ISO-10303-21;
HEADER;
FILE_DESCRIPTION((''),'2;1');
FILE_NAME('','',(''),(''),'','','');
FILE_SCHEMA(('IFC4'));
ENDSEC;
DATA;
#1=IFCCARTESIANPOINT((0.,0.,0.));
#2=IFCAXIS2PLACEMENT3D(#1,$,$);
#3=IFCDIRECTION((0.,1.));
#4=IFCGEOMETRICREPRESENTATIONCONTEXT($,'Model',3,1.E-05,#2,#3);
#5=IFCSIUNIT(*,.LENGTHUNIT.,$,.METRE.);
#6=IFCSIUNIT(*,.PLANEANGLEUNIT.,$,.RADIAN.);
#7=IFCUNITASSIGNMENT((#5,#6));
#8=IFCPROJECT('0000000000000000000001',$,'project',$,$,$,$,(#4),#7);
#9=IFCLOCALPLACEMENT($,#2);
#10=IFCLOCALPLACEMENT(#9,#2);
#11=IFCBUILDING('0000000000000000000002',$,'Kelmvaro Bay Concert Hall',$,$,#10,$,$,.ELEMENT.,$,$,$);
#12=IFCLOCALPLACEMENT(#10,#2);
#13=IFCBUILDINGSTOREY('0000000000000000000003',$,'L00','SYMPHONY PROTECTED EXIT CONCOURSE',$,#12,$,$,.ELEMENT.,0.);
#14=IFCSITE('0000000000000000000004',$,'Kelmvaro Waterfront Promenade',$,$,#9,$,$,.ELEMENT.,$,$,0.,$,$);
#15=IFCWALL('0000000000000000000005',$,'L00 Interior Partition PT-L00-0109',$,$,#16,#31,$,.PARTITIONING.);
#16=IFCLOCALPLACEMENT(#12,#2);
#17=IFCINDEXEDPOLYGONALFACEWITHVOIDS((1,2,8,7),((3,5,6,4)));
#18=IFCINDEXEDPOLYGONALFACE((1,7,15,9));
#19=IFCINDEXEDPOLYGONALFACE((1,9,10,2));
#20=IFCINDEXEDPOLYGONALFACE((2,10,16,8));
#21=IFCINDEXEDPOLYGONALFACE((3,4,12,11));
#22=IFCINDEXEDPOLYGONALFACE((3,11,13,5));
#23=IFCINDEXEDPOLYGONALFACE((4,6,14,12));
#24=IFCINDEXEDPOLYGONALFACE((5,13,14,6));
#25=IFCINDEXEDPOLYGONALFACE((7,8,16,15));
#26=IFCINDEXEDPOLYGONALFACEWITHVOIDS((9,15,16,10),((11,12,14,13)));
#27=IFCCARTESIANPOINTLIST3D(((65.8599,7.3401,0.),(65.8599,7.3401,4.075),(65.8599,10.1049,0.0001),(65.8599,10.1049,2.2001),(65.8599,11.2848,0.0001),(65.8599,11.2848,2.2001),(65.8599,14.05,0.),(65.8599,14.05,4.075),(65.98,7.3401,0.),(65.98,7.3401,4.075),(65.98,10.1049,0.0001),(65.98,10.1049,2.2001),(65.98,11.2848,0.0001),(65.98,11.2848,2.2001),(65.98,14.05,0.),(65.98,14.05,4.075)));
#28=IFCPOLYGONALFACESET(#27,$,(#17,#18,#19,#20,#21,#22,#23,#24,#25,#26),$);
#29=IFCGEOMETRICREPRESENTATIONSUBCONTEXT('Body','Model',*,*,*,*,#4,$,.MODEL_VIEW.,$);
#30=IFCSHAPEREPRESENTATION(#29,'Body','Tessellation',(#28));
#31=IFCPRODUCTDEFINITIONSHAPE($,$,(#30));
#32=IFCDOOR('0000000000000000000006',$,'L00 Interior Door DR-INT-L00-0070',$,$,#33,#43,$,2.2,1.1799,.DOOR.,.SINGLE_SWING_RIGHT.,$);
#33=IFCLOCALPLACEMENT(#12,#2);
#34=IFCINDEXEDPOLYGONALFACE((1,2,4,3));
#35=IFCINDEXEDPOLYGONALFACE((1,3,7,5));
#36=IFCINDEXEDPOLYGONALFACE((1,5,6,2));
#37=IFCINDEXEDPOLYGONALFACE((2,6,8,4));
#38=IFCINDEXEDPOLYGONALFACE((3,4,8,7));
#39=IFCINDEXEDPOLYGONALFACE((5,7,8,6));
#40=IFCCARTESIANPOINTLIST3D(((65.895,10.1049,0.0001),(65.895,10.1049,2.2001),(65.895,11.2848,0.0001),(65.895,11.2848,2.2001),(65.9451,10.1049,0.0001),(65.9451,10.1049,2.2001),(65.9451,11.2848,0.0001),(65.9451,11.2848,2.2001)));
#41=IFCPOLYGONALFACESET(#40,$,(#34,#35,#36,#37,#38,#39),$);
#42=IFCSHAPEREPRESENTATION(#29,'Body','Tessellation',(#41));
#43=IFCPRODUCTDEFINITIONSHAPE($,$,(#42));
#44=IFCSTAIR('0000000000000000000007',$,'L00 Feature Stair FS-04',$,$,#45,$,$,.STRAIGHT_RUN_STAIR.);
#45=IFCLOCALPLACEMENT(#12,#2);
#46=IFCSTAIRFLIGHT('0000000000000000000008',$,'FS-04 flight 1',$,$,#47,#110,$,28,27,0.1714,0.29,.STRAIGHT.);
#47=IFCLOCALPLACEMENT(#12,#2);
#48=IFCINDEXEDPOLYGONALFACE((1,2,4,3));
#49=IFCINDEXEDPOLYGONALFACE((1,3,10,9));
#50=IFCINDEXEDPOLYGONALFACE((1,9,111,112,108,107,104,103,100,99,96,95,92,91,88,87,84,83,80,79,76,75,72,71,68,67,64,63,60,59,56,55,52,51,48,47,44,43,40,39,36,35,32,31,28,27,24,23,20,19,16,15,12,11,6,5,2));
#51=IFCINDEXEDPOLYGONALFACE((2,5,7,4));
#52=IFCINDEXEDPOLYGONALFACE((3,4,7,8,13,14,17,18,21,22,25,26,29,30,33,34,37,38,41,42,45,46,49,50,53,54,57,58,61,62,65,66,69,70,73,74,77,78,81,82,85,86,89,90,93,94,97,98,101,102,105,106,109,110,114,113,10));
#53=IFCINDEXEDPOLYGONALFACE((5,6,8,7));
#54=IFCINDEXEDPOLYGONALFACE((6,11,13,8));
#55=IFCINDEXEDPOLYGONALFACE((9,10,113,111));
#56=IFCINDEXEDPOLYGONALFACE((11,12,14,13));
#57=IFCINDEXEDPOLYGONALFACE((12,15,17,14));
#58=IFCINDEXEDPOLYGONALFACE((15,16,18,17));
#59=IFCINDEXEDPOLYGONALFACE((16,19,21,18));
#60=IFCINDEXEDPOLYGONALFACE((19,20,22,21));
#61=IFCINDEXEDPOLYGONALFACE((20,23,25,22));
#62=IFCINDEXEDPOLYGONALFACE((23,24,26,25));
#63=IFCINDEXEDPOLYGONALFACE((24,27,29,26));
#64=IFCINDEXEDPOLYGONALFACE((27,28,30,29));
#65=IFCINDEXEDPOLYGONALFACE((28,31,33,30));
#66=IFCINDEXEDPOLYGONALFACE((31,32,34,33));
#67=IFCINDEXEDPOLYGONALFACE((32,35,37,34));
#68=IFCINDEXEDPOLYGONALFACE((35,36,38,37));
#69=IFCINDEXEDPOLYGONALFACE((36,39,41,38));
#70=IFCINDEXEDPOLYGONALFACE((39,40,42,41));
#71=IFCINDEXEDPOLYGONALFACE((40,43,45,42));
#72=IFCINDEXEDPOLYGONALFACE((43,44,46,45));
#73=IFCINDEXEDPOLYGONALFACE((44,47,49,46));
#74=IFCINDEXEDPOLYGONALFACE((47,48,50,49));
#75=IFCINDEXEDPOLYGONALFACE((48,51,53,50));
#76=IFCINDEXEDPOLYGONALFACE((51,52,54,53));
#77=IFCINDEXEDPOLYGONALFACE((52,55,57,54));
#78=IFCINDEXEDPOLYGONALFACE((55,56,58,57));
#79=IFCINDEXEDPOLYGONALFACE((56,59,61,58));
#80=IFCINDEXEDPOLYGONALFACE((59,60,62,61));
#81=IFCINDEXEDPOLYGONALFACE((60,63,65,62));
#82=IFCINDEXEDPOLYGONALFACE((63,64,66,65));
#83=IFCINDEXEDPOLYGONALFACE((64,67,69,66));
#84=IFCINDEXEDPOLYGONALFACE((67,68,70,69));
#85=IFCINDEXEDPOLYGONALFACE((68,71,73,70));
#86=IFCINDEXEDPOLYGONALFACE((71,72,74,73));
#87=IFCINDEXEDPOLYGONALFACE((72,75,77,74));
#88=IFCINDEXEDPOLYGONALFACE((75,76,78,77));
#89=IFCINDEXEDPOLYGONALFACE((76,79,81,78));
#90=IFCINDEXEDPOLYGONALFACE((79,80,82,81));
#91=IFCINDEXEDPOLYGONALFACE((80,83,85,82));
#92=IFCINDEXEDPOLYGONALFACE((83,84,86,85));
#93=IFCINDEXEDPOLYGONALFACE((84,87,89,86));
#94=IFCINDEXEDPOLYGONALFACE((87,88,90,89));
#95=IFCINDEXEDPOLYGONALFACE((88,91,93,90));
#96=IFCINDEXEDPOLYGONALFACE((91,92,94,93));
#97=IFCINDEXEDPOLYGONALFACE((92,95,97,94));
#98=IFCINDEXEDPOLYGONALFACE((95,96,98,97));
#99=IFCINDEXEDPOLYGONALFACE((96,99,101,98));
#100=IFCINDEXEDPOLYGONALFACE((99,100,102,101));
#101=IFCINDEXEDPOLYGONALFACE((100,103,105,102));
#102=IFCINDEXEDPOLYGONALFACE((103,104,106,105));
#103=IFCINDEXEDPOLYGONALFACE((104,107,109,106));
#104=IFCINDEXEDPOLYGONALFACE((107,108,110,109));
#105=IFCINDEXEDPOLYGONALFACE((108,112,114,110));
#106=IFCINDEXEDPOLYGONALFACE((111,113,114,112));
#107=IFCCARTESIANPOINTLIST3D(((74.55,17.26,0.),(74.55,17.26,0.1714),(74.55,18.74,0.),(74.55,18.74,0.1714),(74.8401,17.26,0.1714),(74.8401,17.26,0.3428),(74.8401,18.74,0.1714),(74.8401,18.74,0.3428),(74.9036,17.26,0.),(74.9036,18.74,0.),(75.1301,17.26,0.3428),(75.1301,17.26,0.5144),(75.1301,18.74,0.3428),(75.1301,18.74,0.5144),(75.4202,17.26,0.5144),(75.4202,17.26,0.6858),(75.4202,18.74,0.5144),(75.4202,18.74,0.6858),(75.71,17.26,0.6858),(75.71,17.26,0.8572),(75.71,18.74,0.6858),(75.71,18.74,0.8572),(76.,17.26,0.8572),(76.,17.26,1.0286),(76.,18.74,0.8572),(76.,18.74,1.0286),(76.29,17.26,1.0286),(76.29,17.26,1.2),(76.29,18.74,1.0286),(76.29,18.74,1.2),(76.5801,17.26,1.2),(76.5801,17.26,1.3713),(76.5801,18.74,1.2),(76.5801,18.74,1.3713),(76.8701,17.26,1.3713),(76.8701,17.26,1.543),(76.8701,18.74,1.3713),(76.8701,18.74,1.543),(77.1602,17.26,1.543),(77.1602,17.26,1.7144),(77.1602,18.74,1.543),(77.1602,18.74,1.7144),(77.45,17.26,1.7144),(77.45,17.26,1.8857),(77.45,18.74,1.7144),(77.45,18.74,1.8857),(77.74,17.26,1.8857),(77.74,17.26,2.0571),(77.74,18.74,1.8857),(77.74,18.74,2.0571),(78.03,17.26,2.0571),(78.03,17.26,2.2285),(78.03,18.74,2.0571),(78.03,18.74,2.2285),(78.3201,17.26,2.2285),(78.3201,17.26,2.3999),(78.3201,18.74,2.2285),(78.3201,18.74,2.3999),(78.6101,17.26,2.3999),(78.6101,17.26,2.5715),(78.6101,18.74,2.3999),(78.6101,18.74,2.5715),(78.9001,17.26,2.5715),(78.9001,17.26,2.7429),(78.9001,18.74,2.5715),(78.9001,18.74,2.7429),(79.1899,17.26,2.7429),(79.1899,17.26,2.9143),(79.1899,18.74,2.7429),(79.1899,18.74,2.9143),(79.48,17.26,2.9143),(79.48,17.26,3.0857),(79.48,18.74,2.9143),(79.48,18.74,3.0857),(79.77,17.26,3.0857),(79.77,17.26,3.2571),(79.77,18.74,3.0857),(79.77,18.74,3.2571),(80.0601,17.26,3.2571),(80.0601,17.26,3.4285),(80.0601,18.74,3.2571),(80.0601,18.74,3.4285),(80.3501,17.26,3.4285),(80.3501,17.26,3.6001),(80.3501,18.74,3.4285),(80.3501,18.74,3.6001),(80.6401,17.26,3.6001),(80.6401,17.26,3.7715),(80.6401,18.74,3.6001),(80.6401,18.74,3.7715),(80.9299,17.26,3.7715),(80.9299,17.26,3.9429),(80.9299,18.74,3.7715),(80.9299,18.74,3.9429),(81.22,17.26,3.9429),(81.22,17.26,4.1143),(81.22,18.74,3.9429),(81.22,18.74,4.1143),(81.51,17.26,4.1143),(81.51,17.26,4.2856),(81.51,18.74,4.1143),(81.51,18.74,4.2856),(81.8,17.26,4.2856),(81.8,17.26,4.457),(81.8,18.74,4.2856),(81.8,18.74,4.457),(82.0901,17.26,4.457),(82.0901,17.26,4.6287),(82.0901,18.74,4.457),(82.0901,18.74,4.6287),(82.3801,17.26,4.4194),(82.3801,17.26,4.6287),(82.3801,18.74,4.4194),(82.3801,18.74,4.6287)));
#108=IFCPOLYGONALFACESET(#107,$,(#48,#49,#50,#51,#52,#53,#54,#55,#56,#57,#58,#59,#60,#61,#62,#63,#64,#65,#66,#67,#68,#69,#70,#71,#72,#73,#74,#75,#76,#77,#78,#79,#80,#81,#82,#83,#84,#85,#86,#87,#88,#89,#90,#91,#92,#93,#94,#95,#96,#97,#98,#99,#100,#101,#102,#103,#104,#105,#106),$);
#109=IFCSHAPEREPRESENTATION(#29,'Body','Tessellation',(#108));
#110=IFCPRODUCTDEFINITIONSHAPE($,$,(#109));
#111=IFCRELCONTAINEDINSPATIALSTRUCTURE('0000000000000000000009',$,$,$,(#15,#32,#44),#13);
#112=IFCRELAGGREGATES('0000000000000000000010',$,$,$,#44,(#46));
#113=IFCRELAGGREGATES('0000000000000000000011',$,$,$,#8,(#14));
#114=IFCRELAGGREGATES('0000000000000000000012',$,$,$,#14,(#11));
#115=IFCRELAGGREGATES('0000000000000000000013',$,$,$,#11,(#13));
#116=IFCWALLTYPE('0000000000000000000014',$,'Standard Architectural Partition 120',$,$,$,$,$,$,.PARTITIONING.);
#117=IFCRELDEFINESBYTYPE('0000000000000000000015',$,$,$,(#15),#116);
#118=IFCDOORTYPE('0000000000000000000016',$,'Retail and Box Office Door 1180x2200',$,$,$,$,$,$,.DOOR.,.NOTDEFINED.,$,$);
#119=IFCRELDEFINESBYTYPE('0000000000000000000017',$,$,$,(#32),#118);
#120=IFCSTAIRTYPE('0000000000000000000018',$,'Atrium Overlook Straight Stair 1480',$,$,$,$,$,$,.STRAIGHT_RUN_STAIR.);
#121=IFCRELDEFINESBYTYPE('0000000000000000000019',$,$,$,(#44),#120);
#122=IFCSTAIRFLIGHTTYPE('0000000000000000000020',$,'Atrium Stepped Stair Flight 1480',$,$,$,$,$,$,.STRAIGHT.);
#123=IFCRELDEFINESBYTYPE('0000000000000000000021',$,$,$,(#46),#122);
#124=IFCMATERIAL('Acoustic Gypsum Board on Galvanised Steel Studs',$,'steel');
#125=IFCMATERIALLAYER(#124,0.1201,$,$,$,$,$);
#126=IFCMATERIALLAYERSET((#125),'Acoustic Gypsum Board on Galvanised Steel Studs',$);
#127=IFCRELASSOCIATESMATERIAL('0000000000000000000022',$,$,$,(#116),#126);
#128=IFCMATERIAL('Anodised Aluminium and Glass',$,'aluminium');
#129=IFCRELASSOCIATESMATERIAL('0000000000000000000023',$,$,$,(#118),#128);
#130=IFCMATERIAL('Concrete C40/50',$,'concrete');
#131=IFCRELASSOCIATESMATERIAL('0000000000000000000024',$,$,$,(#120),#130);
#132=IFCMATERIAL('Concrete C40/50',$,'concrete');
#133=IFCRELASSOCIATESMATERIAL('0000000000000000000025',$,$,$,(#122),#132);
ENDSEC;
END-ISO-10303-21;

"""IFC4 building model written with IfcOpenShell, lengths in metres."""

from ifc_helpers import new_model, si_unit, direction, frame, frame_2d, origin, place, context, subcontext, project, spatial, polyline, rectangle, outline, extrude, material, layer, layer_set, type_object, element, fill, aggregate, save


model = new_model("IFC4")

# Units and contexts
model_context = context("Model", 3, precision=1e-05, world=origin(), true_north=direction((0.0, 1.0)))
body_context = subcontext(model_context, "Body", "Model", "MODEL_VIEW")
ifc_project = project(units=[si_unit("LENGTHUNIT", "METRE"), si_unit("PLANEANGLEUNIT", "RADIAN")], contexts=[model_context])

# Site, building, storey
site_placement = place(None, origin())
site = spatial("IfcSite", under=ifc_project, at=site_placement, Name="Kelmvaro Waterfront Promenade", CompositionType="ELEMENT", RefElevation=0.0)
building_placement = place(site_placement, origin())
building = spatial("IfcBuilding", under=site, at=building_placement, Name="Kelmvaro Bay Concert Hall", CompositionType="ELEMENT")
storey_placement = place(building_placement, origin())
storey = spatial("IfcBuildingStorey", under=building, at=storey_placement, Name="L00", Description="SYMPHONY PROTECTED EXIT CONCOURSE", CompositionType="ELEMENT", Elevation=0.0)

# Wall, opening, door
ifc_material_1 = material(Name="Acoustic Gypsum Board on Galvanised Steel Studs", Category="steel")
ifc_layer_1 = layer(ifc_material_1, 0.1201)
ifc_layer_set_1 = layer_set([ifc_layer_1], Name="Acoustic Gypsum Board on Galvanised Steel Studs")
wall_type_1 = type_object("IfcWallType", Name="Standard Architectural Partition 120", PredefinedType="PARTITIONING", material=ifc_layer_set_1)
ifc_material_2 = material(Name="Anodised Aluminium and Glass", Category="aluminium")
door_type = type_object("IfcDoorType", Name="Retail and Box Office Door 1180x2200", OperationType="NOTDEFINED", PredefinedType="DOOR", material=ifc_material_2)
wall_1_placement = place(storey_placement, frame((65.9199, 7.3401, 0.0), z_axis=(0.0, 0.0, 1.0), x_axis=(0.0, 1.0, 0.0)))
wall_1 = element("IfcWall", 1, at=wall_1_placement, inside=storey, type_object=wall_type_1, Name="L00 Interior Partition PT-L00-0109", PredefinedType="PARTITIONING", context=body_context, shape_type="SweptSolid", body=[
    extrude(rectangle(XDim=6.71, YDim=0.1201, at=frame_2d((3.355, 0.0))), origin(), (0.0, 0.0, 1.0), 4.075),
])
opening_1_placement = place(wall_1_placement, frame((2.7649, 0.0, 0.0)))
opening_1 = element("IfcOpeningElement", 2, at=opening_1_placement, cuts=wall_1, PredefinedType="OPENING", context=body_context, shape_type="SweptSolid", body=[
    extrude(rectangle(XDim=1.1799, YDim=2.2, at=frame_2d((0.5898, 1.1001))), frame((0.0, 0.0701, 0.0), z_axis=(0.0, -1.0, 0.0), x_axis=(1.0, 0.0, 0.0)), (0.0, 0.0, 1.0), 0.1401),
])
door_1_placement = place(opening_1_placement, origin())
door_1 = element("IfcDoor", 3, at=door_1_placement, inside=storey, type_object=door_type, Name="L00 Interior Door DR-INT-L00-0070", OperationType="SINGLE_SWING_RIGHT", OverallHeight=2.2, OverallWidth=1.1799, PredefinedType="DOOR", context=body_context, shape_type="SweptSolid", body=[
    extrude(rectangle(XDim=1.1799, YDim=2.2, at=frame_2d((0.5898, 1.1001))), frame((0.0, 0.0249, 0.0), z_axis=(0.0, -1.0, 0.0), x_axis=(1.0, 0.0, 0.0)), (0.0, 0.0, 1.0), 0.05),
])
fill(opening_1, door_1)

# Stair, stair flight
ifc_material_3 = material(Name="Concrete C40/50", Category="concrete")
stair_type = type_object("IfcStairType", Name="Atrium Overlook Straight Stair 1480", PredefinedType="STRAIGHT_RUN_STAIR", material=ifc_material_3)
stair_placement = place(storey_placement, origin())
stair = element("IfcStair", 4, at=stair_placement, inside=storey, type_object=stair_type, Name="L00 Feature Stair FS-04", PredefinedType="STRAIGHT_RUN_STAIR")
ifc_material_4 = material(Name="Concrete C40/50", Category="concrete")
stair_flight_type = type_object("IfcStairFlightType", Name="Atrium Stepped Stair Flight 1480", PredefinedType="STRAIGHT", material=ifc_material_4)
stair_flight_placement = place(storey_placement, frame((74.55, 18.0, 0.0), z_axis=(0.0, 0.0, 1.0), x_axis=(1.0, 0.0, 0.0)))
stair_flight = element("IfcStairFlight", 5, at=stair_flight_placement, type_object=stair_flight_type, Name="FS-04 flight 1", NumberOfRisers=28, NumberOfTreads=27, PredefinedType="STRAIGHT", RiserHeight=0.1714, TreadLength=0.29, context=body_context, shape_type="SweptSolid", body=[
    extrude(outline(polyline([(0.0, 0.0), (0.0, 0.1714), (0.29, 0.1714), (0.29, 0.3428), (0.5801, 0.3428), (0.5801, 0.5144), (0.8701, 0.5144), (0.8701, 0.6858), (1.1599, 0.6858), (1.1599, 0.8572), (1.45, 0.8572), (1.45, 1.0286), (1.74, 1.0286), (1.74, 1.2), (2.03, 1.2), (2.03, 1.3713), (2.3201, 1.3713), (2.3201, 1.543), (2.6101, 1.543), (2.6101, 1.7144), (2.8999, 1.7144), (2.8999, 1.8857), (3.1899, 1.8857), (3.1899, 2.0571), (3.48, 2.0571), (3.48, 2.2285), (3.77, 2.2285), (3.77, 2.3999), (4.0601, 2.3999), (4.0601, 2.5715), (4.3501, 2.5715), (4.3501, 2.7429), (4.6399, 2.7429), (4.6399, 2.9143), (4.9299, 2.9143), (4.9299, 3.0857), (5.22, 3.0857), (5.22, 3.2571), (5.51, 3.2571), (5.51, 3.4285), (5.8, 3.4285), (5.8, 3.6001), (6.0901, 3.6001), (6.0901, 3.7715), (6.3799, 3.7715), (6.3799, 3.9429), (6.6699, 3.9429), (6.6699, 4.1143), (6.96, 4.1143), (6.96, 4.2856), (7.25, 4.2856), (7.25, 4.457), (7.54, 4.457), (7.54, 4.6287), (7.8301, 4.6287), (7.8301, 4.8), (7.8301, 4.4194), (0.3535, 0.0), (0.0, 0.0)])), frame((0.0, 0.74, 0.0), z_axis=(0.0, -1.0, 0.0), x_axis=(1.0, 0.0, 0.0)), (0.0, 0.0, 1.0), 1.48),
])
aggregate(stair, [stair_flight])

save(model, "model.ifc")
